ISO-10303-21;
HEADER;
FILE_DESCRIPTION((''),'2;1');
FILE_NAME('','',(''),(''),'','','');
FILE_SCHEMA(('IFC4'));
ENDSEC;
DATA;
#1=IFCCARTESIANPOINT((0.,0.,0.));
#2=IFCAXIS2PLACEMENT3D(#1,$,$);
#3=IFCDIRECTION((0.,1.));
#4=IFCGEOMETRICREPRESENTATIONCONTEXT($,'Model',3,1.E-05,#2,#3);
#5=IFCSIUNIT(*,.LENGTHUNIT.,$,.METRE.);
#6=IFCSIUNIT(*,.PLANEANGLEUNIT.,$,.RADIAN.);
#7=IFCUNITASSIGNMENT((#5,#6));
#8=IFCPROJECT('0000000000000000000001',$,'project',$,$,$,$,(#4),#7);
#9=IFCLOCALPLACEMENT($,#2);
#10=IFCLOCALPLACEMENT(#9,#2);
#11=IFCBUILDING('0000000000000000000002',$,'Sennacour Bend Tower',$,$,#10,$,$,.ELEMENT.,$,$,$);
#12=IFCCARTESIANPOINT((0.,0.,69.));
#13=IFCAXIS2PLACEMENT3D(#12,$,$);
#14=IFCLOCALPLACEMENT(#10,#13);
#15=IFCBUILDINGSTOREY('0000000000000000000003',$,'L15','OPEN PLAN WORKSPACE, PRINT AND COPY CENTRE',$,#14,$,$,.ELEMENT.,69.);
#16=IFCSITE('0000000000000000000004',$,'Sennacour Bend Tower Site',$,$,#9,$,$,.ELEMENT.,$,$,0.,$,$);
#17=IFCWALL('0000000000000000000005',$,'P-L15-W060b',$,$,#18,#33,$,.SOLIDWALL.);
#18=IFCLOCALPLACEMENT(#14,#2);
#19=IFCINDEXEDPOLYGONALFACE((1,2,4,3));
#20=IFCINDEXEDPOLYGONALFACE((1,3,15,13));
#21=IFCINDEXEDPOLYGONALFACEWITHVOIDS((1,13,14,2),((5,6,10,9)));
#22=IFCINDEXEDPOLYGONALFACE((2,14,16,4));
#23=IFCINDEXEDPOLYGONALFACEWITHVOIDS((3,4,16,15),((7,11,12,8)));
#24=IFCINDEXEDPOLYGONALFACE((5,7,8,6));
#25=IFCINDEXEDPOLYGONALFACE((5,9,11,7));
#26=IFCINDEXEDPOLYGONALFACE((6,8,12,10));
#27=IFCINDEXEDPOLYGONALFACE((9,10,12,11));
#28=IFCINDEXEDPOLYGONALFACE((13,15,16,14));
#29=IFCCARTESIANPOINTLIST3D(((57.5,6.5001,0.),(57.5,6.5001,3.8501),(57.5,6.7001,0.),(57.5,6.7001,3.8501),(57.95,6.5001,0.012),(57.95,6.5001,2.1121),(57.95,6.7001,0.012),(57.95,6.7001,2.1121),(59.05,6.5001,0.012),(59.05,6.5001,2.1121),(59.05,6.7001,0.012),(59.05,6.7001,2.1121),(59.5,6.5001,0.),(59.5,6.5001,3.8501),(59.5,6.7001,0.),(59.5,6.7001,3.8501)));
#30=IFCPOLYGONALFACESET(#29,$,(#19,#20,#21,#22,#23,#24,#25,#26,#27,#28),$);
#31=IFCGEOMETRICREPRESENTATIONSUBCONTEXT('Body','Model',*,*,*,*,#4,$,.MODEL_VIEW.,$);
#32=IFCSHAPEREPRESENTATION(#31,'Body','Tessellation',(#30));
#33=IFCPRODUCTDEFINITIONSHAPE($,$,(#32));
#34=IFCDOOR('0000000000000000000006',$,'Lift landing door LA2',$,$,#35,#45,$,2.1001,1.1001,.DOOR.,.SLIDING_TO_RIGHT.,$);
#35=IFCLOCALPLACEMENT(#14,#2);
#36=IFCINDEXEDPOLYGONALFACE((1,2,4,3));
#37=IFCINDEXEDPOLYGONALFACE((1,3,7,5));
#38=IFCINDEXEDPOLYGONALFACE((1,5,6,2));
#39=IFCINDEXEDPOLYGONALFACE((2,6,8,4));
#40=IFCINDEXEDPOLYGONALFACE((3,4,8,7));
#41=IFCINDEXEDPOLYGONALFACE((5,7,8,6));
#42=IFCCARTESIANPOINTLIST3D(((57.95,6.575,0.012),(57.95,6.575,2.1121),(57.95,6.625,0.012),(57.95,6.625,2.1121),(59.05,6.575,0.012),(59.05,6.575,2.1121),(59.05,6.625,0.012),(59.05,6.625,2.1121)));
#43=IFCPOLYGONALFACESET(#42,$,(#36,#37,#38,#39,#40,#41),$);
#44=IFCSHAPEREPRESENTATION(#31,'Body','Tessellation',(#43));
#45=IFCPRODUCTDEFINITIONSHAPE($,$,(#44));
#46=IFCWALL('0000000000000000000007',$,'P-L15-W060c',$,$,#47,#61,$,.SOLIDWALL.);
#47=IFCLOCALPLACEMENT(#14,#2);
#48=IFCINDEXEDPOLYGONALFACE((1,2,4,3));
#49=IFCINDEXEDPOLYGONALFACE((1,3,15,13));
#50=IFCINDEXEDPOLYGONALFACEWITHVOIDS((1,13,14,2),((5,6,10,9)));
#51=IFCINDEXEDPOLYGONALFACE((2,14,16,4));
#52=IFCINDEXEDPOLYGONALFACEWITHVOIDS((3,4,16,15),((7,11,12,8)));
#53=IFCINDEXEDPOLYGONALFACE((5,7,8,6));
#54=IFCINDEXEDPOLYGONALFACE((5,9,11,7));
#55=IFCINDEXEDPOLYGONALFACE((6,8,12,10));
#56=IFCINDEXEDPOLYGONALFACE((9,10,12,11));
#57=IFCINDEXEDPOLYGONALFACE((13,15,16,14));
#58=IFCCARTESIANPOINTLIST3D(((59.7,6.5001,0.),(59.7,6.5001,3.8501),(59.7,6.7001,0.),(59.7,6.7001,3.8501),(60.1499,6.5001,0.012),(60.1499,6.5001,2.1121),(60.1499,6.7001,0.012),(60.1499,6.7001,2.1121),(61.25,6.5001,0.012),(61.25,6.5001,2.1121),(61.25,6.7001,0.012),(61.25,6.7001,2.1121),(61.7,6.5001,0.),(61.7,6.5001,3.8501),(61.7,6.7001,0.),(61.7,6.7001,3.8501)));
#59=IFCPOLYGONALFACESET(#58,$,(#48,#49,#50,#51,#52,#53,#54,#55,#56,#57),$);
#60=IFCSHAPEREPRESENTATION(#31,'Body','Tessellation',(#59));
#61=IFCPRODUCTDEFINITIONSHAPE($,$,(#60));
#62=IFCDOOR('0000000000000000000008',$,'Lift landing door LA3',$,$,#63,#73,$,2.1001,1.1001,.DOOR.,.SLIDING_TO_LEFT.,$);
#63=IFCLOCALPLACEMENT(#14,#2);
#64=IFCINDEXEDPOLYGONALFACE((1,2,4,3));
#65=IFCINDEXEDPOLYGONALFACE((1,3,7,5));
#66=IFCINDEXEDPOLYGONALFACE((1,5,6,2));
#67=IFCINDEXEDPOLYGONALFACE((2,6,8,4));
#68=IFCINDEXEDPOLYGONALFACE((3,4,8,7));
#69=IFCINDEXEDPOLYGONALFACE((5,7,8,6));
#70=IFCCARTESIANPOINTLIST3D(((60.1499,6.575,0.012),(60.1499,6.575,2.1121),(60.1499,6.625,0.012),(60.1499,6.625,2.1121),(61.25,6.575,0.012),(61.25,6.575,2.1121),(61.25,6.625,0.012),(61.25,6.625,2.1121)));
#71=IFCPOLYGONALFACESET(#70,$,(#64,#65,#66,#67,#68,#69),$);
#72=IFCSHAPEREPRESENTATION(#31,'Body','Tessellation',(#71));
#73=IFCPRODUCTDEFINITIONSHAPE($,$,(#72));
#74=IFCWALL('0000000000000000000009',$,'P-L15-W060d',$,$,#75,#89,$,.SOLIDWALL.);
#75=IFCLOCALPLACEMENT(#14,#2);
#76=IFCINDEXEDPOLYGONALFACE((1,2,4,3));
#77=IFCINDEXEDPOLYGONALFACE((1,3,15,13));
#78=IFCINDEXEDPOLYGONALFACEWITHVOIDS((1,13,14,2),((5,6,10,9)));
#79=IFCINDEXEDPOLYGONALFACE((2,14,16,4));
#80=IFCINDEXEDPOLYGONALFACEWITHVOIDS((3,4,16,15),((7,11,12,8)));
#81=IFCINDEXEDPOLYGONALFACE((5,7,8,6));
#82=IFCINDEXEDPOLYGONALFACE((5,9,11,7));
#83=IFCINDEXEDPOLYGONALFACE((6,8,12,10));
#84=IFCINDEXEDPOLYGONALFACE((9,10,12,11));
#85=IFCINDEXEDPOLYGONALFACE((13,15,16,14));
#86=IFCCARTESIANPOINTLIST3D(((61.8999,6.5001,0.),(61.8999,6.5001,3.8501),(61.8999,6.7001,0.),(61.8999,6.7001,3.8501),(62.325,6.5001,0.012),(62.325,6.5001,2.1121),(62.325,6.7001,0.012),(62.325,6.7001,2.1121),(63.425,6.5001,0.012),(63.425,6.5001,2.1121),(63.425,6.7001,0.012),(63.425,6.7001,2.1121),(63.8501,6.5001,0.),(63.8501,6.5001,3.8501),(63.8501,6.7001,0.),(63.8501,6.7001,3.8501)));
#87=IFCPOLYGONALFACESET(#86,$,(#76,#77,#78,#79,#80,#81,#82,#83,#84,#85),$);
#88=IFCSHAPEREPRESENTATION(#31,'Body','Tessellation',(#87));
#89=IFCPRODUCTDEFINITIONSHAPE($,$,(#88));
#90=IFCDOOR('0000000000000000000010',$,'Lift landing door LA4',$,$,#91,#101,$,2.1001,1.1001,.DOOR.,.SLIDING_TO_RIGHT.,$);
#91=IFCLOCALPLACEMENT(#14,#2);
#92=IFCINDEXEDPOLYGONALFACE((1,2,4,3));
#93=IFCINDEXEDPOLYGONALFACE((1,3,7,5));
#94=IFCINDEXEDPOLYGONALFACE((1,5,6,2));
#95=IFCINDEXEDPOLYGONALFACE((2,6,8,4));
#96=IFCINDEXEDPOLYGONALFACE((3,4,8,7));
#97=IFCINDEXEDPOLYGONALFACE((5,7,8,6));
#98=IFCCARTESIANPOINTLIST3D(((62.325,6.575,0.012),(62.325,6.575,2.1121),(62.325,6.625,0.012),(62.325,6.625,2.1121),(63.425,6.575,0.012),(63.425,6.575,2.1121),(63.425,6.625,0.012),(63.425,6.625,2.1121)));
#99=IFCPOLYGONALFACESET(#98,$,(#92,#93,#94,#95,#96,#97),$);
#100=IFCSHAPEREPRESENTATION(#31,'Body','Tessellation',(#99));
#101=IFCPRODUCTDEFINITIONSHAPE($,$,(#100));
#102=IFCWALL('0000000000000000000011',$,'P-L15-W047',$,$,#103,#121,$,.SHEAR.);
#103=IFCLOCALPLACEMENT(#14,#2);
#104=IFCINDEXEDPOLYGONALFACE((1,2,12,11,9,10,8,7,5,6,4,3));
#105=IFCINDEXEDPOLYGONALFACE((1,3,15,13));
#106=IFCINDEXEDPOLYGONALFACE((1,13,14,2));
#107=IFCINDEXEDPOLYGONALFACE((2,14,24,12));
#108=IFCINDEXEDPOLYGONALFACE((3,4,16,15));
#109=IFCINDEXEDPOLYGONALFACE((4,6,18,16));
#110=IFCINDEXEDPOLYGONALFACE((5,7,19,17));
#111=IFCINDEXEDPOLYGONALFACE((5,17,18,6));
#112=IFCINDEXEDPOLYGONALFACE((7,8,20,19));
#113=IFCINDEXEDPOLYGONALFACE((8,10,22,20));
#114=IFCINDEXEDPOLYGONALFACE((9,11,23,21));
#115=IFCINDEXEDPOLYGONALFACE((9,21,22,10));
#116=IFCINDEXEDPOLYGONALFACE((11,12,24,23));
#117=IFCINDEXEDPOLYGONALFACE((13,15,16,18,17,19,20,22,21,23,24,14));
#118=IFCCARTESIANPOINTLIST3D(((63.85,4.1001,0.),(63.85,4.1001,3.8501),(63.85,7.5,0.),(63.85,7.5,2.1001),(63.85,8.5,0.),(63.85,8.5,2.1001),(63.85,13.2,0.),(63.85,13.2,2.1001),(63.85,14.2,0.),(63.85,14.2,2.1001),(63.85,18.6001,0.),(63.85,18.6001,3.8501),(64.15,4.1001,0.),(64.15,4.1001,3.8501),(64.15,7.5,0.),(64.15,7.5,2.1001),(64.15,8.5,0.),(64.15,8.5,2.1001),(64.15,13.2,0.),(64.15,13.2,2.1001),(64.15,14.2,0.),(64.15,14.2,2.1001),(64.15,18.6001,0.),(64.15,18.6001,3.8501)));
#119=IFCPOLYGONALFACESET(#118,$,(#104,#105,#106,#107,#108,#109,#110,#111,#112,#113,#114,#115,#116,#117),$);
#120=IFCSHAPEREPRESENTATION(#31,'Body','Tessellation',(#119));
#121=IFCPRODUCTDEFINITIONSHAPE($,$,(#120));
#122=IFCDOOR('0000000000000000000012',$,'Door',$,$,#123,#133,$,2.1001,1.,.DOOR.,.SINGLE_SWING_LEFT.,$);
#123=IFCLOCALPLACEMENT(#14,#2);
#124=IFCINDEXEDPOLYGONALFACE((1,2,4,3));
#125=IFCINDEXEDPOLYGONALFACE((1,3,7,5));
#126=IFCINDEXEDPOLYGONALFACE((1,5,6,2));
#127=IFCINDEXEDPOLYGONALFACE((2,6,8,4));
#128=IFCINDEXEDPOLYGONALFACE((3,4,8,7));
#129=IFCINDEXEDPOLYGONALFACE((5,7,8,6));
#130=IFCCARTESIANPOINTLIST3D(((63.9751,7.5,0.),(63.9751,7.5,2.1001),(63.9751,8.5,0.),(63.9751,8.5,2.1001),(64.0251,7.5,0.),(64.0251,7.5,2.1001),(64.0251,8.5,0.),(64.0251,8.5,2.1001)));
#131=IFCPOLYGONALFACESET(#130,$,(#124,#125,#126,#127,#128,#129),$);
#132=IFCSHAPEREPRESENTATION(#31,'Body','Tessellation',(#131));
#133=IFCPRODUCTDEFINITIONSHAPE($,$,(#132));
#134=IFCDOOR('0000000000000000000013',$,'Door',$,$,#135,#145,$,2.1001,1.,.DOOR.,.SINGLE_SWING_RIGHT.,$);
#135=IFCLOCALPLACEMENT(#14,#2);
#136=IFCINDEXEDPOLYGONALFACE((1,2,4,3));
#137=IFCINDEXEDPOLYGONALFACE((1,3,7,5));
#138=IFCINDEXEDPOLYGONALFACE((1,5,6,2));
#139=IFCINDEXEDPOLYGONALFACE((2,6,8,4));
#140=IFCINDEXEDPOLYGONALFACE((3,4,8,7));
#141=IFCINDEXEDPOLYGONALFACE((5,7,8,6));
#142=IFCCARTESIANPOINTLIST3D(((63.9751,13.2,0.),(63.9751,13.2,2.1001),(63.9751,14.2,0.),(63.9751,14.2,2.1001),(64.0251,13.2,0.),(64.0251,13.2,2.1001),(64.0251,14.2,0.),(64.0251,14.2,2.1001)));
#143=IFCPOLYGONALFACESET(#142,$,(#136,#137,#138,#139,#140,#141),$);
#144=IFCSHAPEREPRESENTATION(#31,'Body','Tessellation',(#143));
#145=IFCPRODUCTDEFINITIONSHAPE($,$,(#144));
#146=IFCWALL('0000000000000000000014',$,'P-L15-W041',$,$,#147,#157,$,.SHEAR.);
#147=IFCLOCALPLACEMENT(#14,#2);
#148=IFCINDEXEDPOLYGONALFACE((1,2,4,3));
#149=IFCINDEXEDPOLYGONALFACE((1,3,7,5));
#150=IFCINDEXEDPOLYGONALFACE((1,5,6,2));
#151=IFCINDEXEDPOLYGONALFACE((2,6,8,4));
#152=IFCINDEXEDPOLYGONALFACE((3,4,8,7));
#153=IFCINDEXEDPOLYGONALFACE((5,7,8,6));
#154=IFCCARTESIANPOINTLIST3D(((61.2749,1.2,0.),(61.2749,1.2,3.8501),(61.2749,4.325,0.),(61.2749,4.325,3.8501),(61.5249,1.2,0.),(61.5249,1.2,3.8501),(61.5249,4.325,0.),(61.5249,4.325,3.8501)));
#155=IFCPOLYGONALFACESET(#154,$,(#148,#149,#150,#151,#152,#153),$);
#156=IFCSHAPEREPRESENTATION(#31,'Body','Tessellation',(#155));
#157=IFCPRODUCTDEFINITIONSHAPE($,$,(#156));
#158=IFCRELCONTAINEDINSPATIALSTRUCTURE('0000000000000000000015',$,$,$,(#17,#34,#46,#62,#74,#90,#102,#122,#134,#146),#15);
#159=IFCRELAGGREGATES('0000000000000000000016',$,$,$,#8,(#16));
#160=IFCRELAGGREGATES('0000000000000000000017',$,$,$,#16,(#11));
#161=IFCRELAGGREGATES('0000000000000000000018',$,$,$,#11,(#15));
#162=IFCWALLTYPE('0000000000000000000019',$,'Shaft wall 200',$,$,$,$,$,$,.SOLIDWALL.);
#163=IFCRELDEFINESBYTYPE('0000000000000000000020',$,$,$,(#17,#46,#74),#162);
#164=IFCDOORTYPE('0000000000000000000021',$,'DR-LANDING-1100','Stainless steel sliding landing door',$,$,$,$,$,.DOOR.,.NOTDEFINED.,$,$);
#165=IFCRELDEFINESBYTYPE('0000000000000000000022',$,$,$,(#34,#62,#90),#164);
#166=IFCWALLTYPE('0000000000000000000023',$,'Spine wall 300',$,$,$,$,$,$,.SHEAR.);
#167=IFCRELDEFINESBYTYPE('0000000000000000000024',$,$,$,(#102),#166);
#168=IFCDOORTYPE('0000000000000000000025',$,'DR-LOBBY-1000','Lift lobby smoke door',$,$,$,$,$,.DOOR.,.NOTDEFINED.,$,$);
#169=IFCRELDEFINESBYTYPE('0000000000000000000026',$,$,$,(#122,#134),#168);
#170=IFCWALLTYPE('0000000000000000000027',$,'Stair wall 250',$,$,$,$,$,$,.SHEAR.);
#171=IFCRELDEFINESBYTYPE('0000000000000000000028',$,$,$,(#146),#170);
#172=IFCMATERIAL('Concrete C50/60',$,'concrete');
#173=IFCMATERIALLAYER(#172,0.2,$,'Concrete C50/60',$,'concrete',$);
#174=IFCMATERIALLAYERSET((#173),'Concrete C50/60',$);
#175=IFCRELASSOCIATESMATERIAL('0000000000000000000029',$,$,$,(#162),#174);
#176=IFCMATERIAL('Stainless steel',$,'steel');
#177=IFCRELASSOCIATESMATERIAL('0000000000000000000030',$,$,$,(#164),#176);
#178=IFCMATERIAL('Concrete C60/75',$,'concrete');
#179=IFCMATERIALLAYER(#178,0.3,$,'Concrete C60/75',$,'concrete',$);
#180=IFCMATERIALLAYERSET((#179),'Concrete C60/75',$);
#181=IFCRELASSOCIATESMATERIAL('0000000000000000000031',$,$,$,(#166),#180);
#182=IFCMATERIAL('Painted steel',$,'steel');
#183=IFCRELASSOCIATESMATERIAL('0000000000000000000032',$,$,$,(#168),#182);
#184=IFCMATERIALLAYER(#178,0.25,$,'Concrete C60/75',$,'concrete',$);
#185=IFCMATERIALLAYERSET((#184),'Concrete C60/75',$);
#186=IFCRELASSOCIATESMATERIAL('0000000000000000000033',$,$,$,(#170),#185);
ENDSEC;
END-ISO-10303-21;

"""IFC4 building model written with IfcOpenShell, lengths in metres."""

from ifc_helpers import new_model, si_unit, direction, frame, frame_2d, origin, place, context, subcontext, project, spatial, rectangle, extrude, material, layer, layer_set, type_object, element, fill, save


model = new_model("IFC4")

# Units and contexts
model_context = context("Model", 3, precision=1e-05, world=origin(), true_north=direction((0.0, 1.0)))
body_context = subcontext(model_context, "Body", "Model", "MODEL_VIEW")
ifc_project = project(units=[si_unit("LENGTHUNIT", "METRE"), si_unit("PLANEANGLEUNIT", "RADIAN")], contexts=[model_context])

# Site, building, storey
site_placement = place(None, origin())
site = spatial("IfcSite", under=ifc_project, at=site_placement, Name="Sennacour Bend Tower Site", CompositionType="ELEMENT", RefElevation=0.0)
building_placement = place(site_placement, origin())
building = spatial("IfcBuilding", under=site, at=building_placement, Name="Sennacour Bend Tower", CompositionType="ELEMENT")
storey_placement = place(building_placement, frame((0.0, 0.0, 69.0)))
storey = spatial("IfcBuildingStorey", under=building, at=storey_placement, Name="L15", Description="OPEN PLAN WORKSPACE, PRINT AND COPY CENTRE", CompositionType="ELEMENT", Elevation=69.0)

# Shared definitions
ifc_material_1 = material(Name="Painted steel", Category="steel")

# Shared definitions
ifc_material_2 = material(Name="Concrete C50/60", Category="concrete")
ifc_layer_1 = layer(ifc_material_2, 0.2, Name="Concrete C50/60", Category="concrete")
ifc_layer_set_1 = layer_set([ifc_layer_1], Name="Concrete C50/60")
wall_type_1 = type_object("IfcWallType", Name="Shaft wall 200", PredefinedType="SOLIDWALL", material=ifc_layer_set_1)

# Walls, openings, doors
wall_1_placement = place(storey_placement, frame((57.5, 6.6001, 0.0), z_axis=(0.0, 0.0, 1.0), x_axis=(1.0, 0.0, 0.0)))
wall_1 = element("IfcWall", 1, at=wall_1_placement, inside=storey, type_object=wall_type_1, Name="P-L15-W060b", PredefinedType="SOLIDWALL", context=body_context, shape_type="SweptSolid", body=[
    extrude(rectangle(XDim=2.0, YDim=0.2, at=frame_2d((1.0, 0.0))), origin(), (0.0, 0.0, 1.0), 3.8501),
])
opening_1_placement = place(wall_1_placement, frame((0.45, 0.0, 0.012)))
opening_1 = element("IfcOpeningElement", 2, at=opening_1_placement, cuts=wall_1, PredefinedType="OPENING", context=body_context, shape_type="SweptSolid", body=[
    extrude(rectangle(XDim=1.1001, YDim=2.1001, at=frame_2d((0.55, 1.05))), frame((0.0, 0.1099, 0.0), z_axis=(0.0, -1.0, 0.0), x_axis=(1.0, 0.0, 0.0)), (0.0, 0.0, 1.0), 0.22),
])
ifc_material_3 = material(Name="Stainless steel", Category="steel")
door_type_1 = type_object("IfcDoorType", Name="DR-LANDING-1100", Description="Stainless steel sliding landing door", OperationType="NOTDEFINED", PredefinedType="DOOR", material=ifc_material_3)
door_1_placement = place(opening_1_placement, origin())
door_1 = element("IfcDoor", 3, at=door_1_placement, inside=storey, type_object=door_type_1, Name="Lift landing door LA2", OperationType="SLIDING_TO_RIGHT", OverallHeight=2.1001, OverallWidth=1.1001, PredefinedType="DOOR", context=body_context, shape_type="SweptSolid", body=[
    extrude(rectangle(XDim=1.1001, YDim=2.1001, at=frame_2d((0.55, 1.05))), frame((0.0, 0.0249, 0.0), z_axis=(0.0, -1.0, 0.0), x_axis=(1.0, 0.0, 0.0)), (0.0, 0.0, 1.0), 0.05),
])
fill(opening_1, door_1)
wall_2_placement = place(storey_placement, frame((59.7, 6.6001, 0.0), z_axis=(0.0, 0.0, 1.0), x_axis=(1.0, 0.0, 0.0)))
wall_2 = element("IfcWall", 4, at=wall_2_placement, inside=storey, type_object=wall_type_1, Name="P-L15-W060c", PredefinedType="SOLIDWALL", context=body_context, shape_type="SweptSolid", body=[
    extrude(rectangle(XDim=2.0, YDim=0.2, at=frame_2d((1.0, 0.0))), origin(), (0.0, 0.0, 1.0), 3.8501),
])
opening_2_placement = place(wall_2_placement, frame((0.45, 0.0, 0.012)))
opening_2 = element("IfcOpeningElement", 5, at=opening_2_placement, cuts=wall_2, PredefinedType="OPENING", context=body_context, shape_type="SweptSolid", body=[
    extrude(rectangle(XDim=1.1001, YDim=2.1001, at=frame_2d((0.55, 1.05))), frame((0.0, 0.1099, 0.0), z_axis=(0.0, -1.0, 0.0), x_axis=(1.0, 0.0, 0.0)), (0.0, 0.0, 1.0), 0.22),
])
door_2_placement = place(opening_2_placement, origin())
door_2 = element("IfcDoor", 6, at=door_2_placement, inside=storey, type_object=door_type_1, Name="Lift landing door LA3", OperationType="SLIDING_TO_LEFT", OverallHeight=2.1001, OverallWidth=1.1001, PredefinedType="DOOR", context=body_context, shape_type="SweptSolid", body=[
    extrude(rectangle(XDim=1.1001, YDim=2.1001, at=frame_2d((0.55, 1.05))), frame((0.0, 0.0249, 0.0), z_axis=(0.0, -1.0, 0.0), x_axis=(1.0, 0.0, 0.0)), (0.0, 0.0, 1.0), 0.05),
])
fill(opening_2, door_2)
wall_3_placement = place(storey_placement, frame((61.8999, 6.6001, 0.0), z_axis=(0.0, 0.0, 1.0), x_axis=(1.0, 0.0, 0.0)))
wall_3 = element("IfcWall", 7, at=wall_3_placement, inside=storey, type_object=wall_type_1, Name="P-L15-W060d", PredefinedType="SOLIDWALL", context=body_context, shape_type="SweptSolid", body=[
    extrude(rectangle(XDim=1.9502, YDim=0.2, at=frame_2d((0.9751, 0.0))), origin(), (0.0, 0.0, 1.0), 3.8501),
])
opening_3_placement = place(wall_3_placement, frame((0.425, 0.0, 0.012)))
opening_3 = element("IfcOpeningElement", 8, at=opening_3_placement, cuts=wall_3, PredefinedType="OPENING", context=body_context, shape_type="SweptSolid", body=[
    extrude(rectangle(XDim=1.1001, YDim=2.1001, at=frame_2d((0.55, 1.05))), frame((0.0, 0.1099, 0.0), z_axis=(0.0, -1.0, 0.0), x_axis=(1.0, 0.0, 0.0)), (0.0, 0.0, 1.0), 0.22),
])
door_3_placement = place(opening_3_placement, origin())
door_3 = element("IfcDoor", 9, at=door_3_placement, inside=storey, type_object=door_type_1, Name="Lift landing door LA4", OperationType="SLIDING_TO_RIGHT", OverallHeight=2.1001, OverallWidth=1.1001, PredefinedType="DOOR", context=body_context, shape_type="SweptSolid", body=[
    extrude(rectangle(XDim=1.1001, YDim=2.1001, at=frame_2d((0.55, 1.05))), frame((0.0, 0.0249, 0.0), z_axis=(0.0, -1.0, 0.0), x_axis=(1.0, 0.0, 0.0)), (0.0, 0.0, 1.0), 0.05),
])
fill(opening_3, door_3)

# Wall, openings, doors
ifc_material_4 = material(Name="Concrete C60/75", Category="concrete")
ifc_layer_2 = layer(ifc_material_4, 0.3, Name="Concrete C60/75", Category="concrete")
ifc_layer_set_2 = layer_set([ifc_layer_2], Name="Concrete C60/75")
wall_type_2 = type_object("IfcWallType", Name="Spine wall 300", PredefinedType="SHEAR", material=ifc_layer_set_2)
wall_4_placement = place(storey_placement, frame((64.0, 4.1001, 0.0), z_axis=(0.0, 0.0, 1.0), x_axis=(0.0, 1.0, 0.0)))
wall_4 = element("IfcWall", 10, at=wall_4_placement, inside=storey, type_object=wall_type_2, Name="P-L15-W047", PredefinedType="SHEAR", context=body_context, shape_type="SweptSolid", body=[
    extrude(rectangle(XDim=14.5, YDim=0.3, at=frame_2d((7.25, 0.0))), origin(), (0.0, 0.0, 1.0), 3.8501),
])
opening_4_placement = place(wall_4_placement, frame((3.3999, 0.0, 0.0)))
opening_4 = element("IfcOpeningElement", 11, at=opening_4_placement, cuts=wall_4, PredefinedType="OPENING", context=body_context, shape_type="SweptSolid", body=[
    extrude(rectangle(XDim=1.0, YDim=2.1001, at=frame_2d((0.5, 1.05))), frame((0.0, 0.1602, 0.0), z_axis=(0.0, -1.0, 0.0), x_axis=(1.0, 0.0, 0.0)), (0.0, 0.0, 1.0), 0.3201),
])
opening_5_placement = place(wall_4_placement, frame((9.0999, 0.0, 0.0)))
opening_5 = element("IfcOpeningElement", 12, at=opening_5_placement, cuts=wall_4, PredefinedType="OPENING", context=body_context, shape_type="SweptSolid", body=[
    extrude(rectangle(XDim=1.0, YDim=2.1001, at=frame_2d((0.5, 1.05))), frame((0.0, 0.1602, 0.0), z_axis=(0.0, -1.0, 0.0), x_axis=(1.0, 0.0, 0.0)), (0.0, 0.0, 1.0), 0.3201),
])
door_type_2 = type_object("IfcDoorType", Name="DR-LOBBY-1000", Description="Lift lobby smoke door", OperationType="NOTDEFINED", PredefinedType="DOOR", material=ifc_material_1)
door_4_placement = place(opening_4_placement, origin())
door_4 = element("IfcDoor", 13, at=door_4_placement, inside=storey, type_object=door_type_2, Name="Door", OperationType="SINGLE_SWING_LEFT", OverallHeight=2.1001, OverallWidth=1.0, PredefinedType="DOOR", context=body_context, shape_type="SweptSolid", body=[
    extrude(rectangle(XDim=1.0, YDim=2.1001, at=frame_2d((0.5, 1.05))), frame((0.0, 0.0249, 0.0), z_axis=(0.0, -1.0, 0.0), x_axis=(1.0, 0.0, 0.0)), (0.0, 0.0, 1.0), 0.05),
])
fill(opening_4, door_4)
door_5_placement = place(opening_5_placement, origin())
door_5 = element("IfcDoor", 14, at=door_5_placement, inside=storey, type_object=door_type_2, Name="Door", OperationType="SINGLE_SWING_RIGHT", OverallHeight=2.1001, OverallWidth=1.0, PredefinedType="DOOR", context=body_context, shape_type="SweptSolid", body=[
    extrude(rectangle(XDim=1.0, YDim=2.1001, at=frame_2d((0.5, 1.05))), frame((0.0, 0.0249, 0.0), z_axis=(0.0, -1.0, 0.0), x_axis=(1.0, 0.0, 0.0)), (0.0, 0.0, 1.0), 0.05),
])
fill(opening_5, door_5)

# Wall
ifc_layer_3 = layer(ifc_material_4, 0.25, Name="Concrete C60/75", Category="concrete")
ifc_layer_set_3 = layer_set([ifc_layer_3], Name="Concrete C60/75")
wall_type_3 = type_object("IfcWallType", Name="Stair wall 250", PredefinedType="SHEAR", material=ifc_layer_set_3)
wall_5_placement = place(storey_placement, frame((61.3999, 1.2, 0.0), z_axis=(0.0, 0.0, 1.0), x_axis=(0.0, 1.0, 0.0)))
element("IfcWall", 15, at=wall_5_placement, inside=storey, type_object=wall_type_3, Name="P-L15-W041", PredefinedType="SHEAR", context=body_context, shape_type="SweptSolid", body=[
    extrude(rectangle(XDim=3.125, YDim=0.25, at=frame_2d((1.5625, 0.0))), origin(), (0.0, 0.0, 1.0), 3.8501),
])

save(model, "model.ifc")
